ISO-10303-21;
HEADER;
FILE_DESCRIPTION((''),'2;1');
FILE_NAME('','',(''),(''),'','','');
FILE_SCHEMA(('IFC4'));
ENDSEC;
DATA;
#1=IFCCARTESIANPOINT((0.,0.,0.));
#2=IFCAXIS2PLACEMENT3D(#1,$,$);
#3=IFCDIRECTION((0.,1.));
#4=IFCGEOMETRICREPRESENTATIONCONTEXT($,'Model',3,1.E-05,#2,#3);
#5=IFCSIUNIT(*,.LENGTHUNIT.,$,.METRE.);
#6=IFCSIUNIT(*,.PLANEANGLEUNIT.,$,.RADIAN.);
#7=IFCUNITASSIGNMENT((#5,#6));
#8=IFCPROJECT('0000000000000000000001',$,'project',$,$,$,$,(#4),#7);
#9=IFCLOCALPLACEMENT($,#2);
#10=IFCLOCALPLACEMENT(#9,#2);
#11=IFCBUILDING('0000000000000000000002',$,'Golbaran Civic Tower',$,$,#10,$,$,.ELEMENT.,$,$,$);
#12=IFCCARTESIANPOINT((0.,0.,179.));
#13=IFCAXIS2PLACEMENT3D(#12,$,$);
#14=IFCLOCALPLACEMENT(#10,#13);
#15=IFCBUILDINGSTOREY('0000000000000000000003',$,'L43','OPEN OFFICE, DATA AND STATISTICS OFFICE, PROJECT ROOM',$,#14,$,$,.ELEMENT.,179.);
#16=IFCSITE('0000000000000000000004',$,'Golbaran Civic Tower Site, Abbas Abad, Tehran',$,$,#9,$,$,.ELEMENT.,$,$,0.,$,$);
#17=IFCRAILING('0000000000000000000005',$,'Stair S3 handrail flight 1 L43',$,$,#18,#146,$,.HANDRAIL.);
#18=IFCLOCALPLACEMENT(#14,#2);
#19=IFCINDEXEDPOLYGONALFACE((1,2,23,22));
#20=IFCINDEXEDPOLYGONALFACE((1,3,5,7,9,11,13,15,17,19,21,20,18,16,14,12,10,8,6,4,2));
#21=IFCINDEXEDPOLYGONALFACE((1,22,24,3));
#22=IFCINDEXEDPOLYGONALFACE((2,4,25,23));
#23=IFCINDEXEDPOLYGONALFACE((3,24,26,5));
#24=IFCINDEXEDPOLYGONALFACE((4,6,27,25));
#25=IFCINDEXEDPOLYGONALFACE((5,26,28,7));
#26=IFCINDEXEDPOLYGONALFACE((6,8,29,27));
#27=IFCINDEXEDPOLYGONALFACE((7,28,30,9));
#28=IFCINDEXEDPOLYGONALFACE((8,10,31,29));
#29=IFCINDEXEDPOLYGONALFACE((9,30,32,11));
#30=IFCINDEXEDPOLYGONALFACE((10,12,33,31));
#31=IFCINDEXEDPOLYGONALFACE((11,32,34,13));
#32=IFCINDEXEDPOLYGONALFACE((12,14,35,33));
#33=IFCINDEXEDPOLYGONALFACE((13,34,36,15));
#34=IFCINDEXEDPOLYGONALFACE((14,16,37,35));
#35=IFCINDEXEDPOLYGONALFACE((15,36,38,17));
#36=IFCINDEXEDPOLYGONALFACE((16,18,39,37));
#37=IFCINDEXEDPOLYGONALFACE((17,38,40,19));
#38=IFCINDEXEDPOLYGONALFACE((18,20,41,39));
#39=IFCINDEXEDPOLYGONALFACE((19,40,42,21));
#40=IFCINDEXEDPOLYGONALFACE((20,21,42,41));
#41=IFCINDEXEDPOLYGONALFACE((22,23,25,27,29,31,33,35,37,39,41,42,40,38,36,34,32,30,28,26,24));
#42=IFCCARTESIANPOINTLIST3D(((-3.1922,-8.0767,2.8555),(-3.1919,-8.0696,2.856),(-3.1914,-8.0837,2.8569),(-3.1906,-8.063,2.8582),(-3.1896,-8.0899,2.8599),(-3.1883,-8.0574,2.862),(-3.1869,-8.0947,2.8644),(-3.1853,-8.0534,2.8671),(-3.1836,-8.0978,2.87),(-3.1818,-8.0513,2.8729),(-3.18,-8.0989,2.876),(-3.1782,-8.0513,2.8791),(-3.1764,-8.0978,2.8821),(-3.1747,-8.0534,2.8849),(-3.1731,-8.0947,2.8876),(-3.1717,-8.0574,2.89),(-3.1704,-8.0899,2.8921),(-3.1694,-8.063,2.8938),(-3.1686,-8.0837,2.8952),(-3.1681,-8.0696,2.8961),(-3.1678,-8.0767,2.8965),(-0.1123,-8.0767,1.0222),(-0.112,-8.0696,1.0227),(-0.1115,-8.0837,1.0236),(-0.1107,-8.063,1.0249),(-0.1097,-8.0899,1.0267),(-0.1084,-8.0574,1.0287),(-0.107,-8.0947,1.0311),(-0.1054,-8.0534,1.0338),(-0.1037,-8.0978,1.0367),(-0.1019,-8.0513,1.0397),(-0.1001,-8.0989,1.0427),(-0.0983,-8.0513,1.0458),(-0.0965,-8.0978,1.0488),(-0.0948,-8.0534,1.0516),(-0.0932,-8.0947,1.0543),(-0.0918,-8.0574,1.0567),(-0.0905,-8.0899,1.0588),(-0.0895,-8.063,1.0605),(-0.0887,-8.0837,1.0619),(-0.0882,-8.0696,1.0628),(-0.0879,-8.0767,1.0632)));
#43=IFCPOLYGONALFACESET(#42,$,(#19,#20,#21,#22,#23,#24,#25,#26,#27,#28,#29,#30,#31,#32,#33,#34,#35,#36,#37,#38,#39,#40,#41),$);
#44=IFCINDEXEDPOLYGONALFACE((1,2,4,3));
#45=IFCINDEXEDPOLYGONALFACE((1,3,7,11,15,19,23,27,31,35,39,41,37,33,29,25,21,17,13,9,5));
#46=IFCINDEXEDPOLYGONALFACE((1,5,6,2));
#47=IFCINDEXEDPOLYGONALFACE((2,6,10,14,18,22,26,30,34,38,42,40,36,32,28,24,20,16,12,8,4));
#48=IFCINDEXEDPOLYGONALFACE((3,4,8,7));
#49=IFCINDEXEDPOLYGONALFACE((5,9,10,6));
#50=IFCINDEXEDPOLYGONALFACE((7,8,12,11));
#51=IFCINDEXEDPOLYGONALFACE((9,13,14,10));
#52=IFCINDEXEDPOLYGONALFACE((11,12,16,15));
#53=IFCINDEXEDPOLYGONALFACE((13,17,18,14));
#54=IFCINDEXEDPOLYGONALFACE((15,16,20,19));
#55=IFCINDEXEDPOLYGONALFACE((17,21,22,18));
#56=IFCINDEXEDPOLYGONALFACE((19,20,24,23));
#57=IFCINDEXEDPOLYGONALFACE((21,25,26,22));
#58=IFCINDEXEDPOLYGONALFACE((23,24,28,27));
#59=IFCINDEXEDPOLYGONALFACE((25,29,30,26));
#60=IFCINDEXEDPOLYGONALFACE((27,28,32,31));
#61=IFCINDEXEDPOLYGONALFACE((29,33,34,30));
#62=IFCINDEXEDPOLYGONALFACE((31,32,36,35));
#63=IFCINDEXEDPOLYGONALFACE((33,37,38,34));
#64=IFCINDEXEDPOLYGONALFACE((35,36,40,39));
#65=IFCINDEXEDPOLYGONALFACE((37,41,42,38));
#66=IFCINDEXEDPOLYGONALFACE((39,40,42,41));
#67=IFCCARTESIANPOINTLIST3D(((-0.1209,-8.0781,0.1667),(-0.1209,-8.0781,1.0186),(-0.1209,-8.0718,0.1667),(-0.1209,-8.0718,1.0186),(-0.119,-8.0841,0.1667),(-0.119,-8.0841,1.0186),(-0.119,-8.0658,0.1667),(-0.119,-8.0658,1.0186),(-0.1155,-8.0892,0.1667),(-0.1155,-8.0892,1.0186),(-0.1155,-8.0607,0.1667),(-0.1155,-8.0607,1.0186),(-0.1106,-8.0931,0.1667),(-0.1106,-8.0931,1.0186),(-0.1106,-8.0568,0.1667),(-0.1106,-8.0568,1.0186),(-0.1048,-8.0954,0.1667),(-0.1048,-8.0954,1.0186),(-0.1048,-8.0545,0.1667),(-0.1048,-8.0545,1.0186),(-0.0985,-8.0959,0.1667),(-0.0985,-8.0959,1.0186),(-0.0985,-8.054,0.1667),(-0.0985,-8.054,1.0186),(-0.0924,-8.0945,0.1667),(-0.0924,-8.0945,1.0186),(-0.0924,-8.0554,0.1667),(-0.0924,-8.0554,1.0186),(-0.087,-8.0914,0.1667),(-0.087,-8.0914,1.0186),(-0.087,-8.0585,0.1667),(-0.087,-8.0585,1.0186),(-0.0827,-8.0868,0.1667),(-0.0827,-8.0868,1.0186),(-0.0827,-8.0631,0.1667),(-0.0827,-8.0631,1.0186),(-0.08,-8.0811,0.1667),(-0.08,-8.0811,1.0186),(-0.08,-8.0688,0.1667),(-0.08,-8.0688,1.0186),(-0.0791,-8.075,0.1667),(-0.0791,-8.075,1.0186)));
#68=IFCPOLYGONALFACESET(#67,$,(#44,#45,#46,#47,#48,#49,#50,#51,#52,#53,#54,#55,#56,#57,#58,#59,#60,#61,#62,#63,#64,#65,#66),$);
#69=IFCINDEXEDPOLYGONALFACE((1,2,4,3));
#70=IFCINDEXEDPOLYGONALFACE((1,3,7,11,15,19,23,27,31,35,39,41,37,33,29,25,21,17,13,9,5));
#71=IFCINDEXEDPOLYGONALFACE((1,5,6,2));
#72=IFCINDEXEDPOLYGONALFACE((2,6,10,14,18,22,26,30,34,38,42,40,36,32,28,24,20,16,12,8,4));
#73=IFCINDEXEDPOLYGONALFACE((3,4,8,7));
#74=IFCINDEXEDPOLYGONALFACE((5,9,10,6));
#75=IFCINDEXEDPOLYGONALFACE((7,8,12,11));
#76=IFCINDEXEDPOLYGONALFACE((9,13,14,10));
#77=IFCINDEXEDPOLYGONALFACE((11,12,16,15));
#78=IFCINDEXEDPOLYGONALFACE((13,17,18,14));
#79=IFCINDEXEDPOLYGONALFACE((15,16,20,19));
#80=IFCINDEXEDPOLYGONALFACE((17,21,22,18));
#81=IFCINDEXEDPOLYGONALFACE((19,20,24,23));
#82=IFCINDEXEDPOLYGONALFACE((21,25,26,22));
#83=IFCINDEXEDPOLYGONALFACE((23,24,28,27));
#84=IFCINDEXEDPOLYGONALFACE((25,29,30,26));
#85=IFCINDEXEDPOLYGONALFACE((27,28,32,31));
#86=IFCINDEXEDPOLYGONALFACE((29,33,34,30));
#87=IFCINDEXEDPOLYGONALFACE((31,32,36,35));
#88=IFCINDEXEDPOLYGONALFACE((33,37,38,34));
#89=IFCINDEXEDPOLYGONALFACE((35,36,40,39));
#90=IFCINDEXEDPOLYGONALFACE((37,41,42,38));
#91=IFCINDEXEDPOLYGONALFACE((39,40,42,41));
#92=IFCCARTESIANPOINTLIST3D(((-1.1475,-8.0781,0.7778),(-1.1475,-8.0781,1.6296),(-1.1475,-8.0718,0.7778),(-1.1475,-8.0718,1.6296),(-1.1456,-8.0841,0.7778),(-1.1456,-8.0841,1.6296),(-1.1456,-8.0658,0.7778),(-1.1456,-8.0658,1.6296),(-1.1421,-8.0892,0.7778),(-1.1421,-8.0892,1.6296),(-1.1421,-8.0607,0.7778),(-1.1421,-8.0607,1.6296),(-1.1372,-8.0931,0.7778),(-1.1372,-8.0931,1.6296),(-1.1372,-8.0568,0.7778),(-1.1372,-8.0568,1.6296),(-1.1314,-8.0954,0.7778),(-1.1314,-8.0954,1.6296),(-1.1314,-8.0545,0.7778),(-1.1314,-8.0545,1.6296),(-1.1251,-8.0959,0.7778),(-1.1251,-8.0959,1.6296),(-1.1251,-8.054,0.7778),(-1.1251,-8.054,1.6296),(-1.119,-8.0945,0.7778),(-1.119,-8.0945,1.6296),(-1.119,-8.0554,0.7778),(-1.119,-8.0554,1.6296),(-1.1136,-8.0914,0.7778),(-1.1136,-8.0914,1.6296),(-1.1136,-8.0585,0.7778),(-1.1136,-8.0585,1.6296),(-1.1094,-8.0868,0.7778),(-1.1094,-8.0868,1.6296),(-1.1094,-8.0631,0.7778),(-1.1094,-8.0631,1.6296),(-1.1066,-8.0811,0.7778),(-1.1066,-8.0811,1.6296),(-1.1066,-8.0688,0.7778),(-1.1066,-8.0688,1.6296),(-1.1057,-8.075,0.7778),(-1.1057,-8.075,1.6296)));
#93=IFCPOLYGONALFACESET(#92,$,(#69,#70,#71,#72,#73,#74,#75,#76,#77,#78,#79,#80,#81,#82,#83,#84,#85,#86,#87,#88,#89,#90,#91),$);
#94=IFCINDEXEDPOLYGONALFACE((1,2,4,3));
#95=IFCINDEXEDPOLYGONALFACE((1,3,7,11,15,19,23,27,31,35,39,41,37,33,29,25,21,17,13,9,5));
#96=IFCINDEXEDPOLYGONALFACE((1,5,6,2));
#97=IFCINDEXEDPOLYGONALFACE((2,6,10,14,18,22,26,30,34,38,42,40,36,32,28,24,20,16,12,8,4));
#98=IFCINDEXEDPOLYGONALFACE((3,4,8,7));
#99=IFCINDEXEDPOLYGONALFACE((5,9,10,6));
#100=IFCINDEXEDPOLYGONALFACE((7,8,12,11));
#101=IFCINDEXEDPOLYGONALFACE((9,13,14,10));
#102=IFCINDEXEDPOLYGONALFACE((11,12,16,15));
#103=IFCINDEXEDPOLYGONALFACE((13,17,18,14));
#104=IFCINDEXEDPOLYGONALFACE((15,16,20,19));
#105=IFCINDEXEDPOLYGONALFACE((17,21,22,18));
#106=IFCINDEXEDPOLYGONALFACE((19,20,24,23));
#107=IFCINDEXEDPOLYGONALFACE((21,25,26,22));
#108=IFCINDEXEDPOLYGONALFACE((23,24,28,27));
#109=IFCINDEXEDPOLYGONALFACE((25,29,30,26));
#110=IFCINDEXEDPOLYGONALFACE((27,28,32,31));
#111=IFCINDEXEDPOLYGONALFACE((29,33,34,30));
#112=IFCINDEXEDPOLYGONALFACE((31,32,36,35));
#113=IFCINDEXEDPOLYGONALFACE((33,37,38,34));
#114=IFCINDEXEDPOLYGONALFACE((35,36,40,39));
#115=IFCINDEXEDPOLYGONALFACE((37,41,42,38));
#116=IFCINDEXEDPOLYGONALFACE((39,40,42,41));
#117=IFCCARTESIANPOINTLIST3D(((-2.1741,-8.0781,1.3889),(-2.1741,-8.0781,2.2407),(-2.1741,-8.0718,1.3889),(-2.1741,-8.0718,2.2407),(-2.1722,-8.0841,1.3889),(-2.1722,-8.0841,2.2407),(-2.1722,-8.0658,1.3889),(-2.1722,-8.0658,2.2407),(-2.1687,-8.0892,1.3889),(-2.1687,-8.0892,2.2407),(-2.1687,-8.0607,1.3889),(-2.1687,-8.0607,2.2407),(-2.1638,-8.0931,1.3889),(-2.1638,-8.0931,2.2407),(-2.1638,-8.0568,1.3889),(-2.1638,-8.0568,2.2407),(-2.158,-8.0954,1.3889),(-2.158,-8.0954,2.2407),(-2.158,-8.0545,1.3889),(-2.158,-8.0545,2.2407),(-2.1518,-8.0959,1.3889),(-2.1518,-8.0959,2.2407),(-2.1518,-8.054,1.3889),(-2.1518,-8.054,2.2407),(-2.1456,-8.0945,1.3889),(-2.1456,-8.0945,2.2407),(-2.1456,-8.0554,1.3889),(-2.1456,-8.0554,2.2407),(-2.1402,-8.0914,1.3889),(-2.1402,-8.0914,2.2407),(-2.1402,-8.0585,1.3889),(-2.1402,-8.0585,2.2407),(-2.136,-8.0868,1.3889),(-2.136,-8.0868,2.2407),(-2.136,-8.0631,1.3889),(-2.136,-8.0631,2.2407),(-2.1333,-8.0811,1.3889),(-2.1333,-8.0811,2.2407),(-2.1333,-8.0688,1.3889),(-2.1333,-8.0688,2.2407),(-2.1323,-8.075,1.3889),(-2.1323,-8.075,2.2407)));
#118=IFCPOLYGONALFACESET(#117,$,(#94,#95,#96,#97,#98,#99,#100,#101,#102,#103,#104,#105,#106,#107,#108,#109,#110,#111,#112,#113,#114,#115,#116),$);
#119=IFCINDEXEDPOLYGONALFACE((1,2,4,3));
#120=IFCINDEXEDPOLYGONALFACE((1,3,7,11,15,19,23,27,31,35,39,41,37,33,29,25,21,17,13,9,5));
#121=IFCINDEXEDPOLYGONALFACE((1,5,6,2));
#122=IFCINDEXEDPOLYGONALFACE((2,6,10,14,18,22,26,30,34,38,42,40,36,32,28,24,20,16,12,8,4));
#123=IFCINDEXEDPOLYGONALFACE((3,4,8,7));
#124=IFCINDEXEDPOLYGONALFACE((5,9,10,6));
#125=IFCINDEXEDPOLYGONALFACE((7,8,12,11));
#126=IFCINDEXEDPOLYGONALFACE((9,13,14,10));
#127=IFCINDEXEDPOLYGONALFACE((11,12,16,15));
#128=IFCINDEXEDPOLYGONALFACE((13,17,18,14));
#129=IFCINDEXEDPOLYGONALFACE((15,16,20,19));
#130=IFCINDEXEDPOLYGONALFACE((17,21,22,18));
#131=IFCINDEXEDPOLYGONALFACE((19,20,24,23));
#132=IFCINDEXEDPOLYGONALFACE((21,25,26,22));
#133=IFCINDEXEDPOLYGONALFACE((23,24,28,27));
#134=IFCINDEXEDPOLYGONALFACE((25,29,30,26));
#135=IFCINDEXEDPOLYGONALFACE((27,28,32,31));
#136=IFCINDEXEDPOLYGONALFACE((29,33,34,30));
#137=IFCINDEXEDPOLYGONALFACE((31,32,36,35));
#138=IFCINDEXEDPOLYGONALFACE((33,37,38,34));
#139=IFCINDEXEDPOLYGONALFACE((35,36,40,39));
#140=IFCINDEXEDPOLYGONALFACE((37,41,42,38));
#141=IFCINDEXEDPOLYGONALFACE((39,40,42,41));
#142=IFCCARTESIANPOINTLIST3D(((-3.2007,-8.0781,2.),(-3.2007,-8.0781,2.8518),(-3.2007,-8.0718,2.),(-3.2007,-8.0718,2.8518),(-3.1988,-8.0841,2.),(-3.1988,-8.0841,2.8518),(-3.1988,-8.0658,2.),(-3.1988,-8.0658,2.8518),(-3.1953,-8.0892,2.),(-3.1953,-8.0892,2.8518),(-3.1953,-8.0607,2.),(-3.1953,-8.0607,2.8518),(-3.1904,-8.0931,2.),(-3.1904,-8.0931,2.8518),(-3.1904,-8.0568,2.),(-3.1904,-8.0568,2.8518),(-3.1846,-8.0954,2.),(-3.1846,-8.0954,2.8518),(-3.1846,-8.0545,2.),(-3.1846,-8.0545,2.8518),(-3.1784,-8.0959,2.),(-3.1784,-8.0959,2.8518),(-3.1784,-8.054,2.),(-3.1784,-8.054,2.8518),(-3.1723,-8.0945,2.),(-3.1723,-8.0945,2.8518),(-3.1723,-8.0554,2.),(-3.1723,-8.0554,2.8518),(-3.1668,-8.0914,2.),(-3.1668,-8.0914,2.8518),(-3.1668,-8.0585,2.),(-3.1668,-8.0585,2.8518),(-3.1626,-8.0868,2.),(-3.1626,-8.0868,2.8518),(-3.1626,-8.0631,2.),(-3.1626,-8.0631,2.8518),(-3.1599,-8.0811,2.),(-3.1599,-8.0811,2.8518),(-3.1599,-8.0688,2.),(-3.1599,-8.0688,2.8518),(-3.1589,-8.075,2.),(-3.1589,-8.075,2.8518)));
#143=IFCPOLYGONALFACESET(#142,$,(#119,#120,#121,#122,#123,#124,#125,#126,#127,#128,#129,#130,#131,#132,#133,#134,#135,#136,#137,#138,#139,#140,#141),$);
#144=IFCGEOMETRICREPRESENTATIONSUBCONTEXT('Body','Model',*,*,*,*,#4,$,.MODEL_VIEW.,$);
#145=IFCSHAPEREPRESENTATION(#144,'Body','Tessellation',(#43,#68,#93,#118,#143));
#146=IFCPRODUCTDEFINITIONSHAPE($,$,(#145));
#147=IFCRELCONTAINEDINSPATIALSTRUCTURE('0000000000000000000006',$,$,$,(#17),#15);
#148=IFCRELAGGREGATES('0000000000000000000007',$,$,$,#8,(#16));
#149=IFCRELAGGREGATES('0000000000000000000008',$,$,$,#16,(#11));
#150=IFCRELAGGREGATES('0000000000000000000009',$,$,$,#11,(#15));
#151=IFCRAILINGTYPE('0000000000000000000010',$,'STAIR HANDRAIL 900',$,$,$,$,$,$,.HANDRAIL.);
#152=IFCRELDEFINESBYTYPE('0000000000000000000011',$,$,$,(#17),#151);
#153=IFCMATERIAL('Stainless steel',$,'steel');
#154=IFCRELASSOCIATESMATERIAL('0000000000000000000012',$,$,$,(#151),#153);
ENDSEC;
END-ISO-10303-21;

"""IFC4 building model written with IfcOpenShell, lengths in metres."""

from ifc_helpers import new_model, si_unit, direction, frame, origin, origin_2d, place, context, subcontext, project, spatial, circle, extrude, material, type_object, element, save


model = new_model("IFC4")

# Units and contexts
model_context = context("Model", 3, precision=1e-05, world=origin(), true_north=direction((0.0, 1.0)))
body_context = subcontext(model_context, "Body", "Model", "MODEL_VIEW")
ifc_project = project(units=[si_unit("LENGTHUNIT", "METRE"), si_unit("PLANEANGLEUNIT", "RADIAN")], contexts=[model_context])

# Site, building, storey
site_placement = place(None, origin())
site = spatial("IfcSite", under=ifc_project, at=site_placement, Name="Golbaran Civic Tower Site, Abbas Abad, Tehran", CompositionType="ELEMENT", RefElevation=0.0)
building_placement = place(site_placement, origin())
building = spatial("IfcBuilding", under=site, at=building_placement, Name="Golbaran Civic Tower", CompositionType="ELEMENT")
storey_placement = place(building_placement, frame((0.0, 0.0, 179.0)))
storey = spatial("IfcBuildingStorey", under=building, at=storey_placement, Name="L43", Description="OPEN OFFICE, DATA AND STATISTICS OFFICE, PROJECT ROOM", CompositionType="ELEMENT", Elevation=179.0)

# Shared definitions
ifc_material_1 = material(Name="Stainless steel", Category="steel")

# Railing
railing_type = type_object("IfcRailingType", Name="STAIR HANDRAIL 900", PredefinedType="HANDRAIL", material=ifc_material_1)
railing_1_placement = place(storey_placement, frame((-0.1001, -8.075, 0.1667)))
element("IfcRailing", 1, at=railing_1_placement, inside=storey, type_object=railing_type, Name="Stair S3 handrail flight 1 L43", PredefinedType="HANDRAIL", context=body_context, shape_type="SweptSolid", body=[
    extrude(circle(Radius=0.0239, at=origin_2d()), frame((0.0, 0.0, 0.876), z_axis=(-0.859291, 0.0, 0.511487), x_axis=(0.0, -1.0, 0.0)), (0.0, 0.0, 1.0), 3.5842),
    extrude(circle(Radius=0.021, at=origin_2d()), origin(), (0.0, 0.0, 1.0), 0.8518),
    extrude(circle(Radius=0.021, at=origin_2d()), frame((-1.0266, 0.0, 0.6111)), (0.0, 0.0, 1.0), 0.8518),
    extrude(circle(Radius=0.021, at=origin_2d()), frame((-2.0532, 0.0, 1.2222)), (0.0, 0.0, 1.0), 0.8518),
    extrude(circle(Radius=0.021, at=origin_2d()), frame((-3.0798, 0.0, 1.8333)), (0.0, 0.0, 1.0), 0.8518),
])

save(model, "model.ifc")
